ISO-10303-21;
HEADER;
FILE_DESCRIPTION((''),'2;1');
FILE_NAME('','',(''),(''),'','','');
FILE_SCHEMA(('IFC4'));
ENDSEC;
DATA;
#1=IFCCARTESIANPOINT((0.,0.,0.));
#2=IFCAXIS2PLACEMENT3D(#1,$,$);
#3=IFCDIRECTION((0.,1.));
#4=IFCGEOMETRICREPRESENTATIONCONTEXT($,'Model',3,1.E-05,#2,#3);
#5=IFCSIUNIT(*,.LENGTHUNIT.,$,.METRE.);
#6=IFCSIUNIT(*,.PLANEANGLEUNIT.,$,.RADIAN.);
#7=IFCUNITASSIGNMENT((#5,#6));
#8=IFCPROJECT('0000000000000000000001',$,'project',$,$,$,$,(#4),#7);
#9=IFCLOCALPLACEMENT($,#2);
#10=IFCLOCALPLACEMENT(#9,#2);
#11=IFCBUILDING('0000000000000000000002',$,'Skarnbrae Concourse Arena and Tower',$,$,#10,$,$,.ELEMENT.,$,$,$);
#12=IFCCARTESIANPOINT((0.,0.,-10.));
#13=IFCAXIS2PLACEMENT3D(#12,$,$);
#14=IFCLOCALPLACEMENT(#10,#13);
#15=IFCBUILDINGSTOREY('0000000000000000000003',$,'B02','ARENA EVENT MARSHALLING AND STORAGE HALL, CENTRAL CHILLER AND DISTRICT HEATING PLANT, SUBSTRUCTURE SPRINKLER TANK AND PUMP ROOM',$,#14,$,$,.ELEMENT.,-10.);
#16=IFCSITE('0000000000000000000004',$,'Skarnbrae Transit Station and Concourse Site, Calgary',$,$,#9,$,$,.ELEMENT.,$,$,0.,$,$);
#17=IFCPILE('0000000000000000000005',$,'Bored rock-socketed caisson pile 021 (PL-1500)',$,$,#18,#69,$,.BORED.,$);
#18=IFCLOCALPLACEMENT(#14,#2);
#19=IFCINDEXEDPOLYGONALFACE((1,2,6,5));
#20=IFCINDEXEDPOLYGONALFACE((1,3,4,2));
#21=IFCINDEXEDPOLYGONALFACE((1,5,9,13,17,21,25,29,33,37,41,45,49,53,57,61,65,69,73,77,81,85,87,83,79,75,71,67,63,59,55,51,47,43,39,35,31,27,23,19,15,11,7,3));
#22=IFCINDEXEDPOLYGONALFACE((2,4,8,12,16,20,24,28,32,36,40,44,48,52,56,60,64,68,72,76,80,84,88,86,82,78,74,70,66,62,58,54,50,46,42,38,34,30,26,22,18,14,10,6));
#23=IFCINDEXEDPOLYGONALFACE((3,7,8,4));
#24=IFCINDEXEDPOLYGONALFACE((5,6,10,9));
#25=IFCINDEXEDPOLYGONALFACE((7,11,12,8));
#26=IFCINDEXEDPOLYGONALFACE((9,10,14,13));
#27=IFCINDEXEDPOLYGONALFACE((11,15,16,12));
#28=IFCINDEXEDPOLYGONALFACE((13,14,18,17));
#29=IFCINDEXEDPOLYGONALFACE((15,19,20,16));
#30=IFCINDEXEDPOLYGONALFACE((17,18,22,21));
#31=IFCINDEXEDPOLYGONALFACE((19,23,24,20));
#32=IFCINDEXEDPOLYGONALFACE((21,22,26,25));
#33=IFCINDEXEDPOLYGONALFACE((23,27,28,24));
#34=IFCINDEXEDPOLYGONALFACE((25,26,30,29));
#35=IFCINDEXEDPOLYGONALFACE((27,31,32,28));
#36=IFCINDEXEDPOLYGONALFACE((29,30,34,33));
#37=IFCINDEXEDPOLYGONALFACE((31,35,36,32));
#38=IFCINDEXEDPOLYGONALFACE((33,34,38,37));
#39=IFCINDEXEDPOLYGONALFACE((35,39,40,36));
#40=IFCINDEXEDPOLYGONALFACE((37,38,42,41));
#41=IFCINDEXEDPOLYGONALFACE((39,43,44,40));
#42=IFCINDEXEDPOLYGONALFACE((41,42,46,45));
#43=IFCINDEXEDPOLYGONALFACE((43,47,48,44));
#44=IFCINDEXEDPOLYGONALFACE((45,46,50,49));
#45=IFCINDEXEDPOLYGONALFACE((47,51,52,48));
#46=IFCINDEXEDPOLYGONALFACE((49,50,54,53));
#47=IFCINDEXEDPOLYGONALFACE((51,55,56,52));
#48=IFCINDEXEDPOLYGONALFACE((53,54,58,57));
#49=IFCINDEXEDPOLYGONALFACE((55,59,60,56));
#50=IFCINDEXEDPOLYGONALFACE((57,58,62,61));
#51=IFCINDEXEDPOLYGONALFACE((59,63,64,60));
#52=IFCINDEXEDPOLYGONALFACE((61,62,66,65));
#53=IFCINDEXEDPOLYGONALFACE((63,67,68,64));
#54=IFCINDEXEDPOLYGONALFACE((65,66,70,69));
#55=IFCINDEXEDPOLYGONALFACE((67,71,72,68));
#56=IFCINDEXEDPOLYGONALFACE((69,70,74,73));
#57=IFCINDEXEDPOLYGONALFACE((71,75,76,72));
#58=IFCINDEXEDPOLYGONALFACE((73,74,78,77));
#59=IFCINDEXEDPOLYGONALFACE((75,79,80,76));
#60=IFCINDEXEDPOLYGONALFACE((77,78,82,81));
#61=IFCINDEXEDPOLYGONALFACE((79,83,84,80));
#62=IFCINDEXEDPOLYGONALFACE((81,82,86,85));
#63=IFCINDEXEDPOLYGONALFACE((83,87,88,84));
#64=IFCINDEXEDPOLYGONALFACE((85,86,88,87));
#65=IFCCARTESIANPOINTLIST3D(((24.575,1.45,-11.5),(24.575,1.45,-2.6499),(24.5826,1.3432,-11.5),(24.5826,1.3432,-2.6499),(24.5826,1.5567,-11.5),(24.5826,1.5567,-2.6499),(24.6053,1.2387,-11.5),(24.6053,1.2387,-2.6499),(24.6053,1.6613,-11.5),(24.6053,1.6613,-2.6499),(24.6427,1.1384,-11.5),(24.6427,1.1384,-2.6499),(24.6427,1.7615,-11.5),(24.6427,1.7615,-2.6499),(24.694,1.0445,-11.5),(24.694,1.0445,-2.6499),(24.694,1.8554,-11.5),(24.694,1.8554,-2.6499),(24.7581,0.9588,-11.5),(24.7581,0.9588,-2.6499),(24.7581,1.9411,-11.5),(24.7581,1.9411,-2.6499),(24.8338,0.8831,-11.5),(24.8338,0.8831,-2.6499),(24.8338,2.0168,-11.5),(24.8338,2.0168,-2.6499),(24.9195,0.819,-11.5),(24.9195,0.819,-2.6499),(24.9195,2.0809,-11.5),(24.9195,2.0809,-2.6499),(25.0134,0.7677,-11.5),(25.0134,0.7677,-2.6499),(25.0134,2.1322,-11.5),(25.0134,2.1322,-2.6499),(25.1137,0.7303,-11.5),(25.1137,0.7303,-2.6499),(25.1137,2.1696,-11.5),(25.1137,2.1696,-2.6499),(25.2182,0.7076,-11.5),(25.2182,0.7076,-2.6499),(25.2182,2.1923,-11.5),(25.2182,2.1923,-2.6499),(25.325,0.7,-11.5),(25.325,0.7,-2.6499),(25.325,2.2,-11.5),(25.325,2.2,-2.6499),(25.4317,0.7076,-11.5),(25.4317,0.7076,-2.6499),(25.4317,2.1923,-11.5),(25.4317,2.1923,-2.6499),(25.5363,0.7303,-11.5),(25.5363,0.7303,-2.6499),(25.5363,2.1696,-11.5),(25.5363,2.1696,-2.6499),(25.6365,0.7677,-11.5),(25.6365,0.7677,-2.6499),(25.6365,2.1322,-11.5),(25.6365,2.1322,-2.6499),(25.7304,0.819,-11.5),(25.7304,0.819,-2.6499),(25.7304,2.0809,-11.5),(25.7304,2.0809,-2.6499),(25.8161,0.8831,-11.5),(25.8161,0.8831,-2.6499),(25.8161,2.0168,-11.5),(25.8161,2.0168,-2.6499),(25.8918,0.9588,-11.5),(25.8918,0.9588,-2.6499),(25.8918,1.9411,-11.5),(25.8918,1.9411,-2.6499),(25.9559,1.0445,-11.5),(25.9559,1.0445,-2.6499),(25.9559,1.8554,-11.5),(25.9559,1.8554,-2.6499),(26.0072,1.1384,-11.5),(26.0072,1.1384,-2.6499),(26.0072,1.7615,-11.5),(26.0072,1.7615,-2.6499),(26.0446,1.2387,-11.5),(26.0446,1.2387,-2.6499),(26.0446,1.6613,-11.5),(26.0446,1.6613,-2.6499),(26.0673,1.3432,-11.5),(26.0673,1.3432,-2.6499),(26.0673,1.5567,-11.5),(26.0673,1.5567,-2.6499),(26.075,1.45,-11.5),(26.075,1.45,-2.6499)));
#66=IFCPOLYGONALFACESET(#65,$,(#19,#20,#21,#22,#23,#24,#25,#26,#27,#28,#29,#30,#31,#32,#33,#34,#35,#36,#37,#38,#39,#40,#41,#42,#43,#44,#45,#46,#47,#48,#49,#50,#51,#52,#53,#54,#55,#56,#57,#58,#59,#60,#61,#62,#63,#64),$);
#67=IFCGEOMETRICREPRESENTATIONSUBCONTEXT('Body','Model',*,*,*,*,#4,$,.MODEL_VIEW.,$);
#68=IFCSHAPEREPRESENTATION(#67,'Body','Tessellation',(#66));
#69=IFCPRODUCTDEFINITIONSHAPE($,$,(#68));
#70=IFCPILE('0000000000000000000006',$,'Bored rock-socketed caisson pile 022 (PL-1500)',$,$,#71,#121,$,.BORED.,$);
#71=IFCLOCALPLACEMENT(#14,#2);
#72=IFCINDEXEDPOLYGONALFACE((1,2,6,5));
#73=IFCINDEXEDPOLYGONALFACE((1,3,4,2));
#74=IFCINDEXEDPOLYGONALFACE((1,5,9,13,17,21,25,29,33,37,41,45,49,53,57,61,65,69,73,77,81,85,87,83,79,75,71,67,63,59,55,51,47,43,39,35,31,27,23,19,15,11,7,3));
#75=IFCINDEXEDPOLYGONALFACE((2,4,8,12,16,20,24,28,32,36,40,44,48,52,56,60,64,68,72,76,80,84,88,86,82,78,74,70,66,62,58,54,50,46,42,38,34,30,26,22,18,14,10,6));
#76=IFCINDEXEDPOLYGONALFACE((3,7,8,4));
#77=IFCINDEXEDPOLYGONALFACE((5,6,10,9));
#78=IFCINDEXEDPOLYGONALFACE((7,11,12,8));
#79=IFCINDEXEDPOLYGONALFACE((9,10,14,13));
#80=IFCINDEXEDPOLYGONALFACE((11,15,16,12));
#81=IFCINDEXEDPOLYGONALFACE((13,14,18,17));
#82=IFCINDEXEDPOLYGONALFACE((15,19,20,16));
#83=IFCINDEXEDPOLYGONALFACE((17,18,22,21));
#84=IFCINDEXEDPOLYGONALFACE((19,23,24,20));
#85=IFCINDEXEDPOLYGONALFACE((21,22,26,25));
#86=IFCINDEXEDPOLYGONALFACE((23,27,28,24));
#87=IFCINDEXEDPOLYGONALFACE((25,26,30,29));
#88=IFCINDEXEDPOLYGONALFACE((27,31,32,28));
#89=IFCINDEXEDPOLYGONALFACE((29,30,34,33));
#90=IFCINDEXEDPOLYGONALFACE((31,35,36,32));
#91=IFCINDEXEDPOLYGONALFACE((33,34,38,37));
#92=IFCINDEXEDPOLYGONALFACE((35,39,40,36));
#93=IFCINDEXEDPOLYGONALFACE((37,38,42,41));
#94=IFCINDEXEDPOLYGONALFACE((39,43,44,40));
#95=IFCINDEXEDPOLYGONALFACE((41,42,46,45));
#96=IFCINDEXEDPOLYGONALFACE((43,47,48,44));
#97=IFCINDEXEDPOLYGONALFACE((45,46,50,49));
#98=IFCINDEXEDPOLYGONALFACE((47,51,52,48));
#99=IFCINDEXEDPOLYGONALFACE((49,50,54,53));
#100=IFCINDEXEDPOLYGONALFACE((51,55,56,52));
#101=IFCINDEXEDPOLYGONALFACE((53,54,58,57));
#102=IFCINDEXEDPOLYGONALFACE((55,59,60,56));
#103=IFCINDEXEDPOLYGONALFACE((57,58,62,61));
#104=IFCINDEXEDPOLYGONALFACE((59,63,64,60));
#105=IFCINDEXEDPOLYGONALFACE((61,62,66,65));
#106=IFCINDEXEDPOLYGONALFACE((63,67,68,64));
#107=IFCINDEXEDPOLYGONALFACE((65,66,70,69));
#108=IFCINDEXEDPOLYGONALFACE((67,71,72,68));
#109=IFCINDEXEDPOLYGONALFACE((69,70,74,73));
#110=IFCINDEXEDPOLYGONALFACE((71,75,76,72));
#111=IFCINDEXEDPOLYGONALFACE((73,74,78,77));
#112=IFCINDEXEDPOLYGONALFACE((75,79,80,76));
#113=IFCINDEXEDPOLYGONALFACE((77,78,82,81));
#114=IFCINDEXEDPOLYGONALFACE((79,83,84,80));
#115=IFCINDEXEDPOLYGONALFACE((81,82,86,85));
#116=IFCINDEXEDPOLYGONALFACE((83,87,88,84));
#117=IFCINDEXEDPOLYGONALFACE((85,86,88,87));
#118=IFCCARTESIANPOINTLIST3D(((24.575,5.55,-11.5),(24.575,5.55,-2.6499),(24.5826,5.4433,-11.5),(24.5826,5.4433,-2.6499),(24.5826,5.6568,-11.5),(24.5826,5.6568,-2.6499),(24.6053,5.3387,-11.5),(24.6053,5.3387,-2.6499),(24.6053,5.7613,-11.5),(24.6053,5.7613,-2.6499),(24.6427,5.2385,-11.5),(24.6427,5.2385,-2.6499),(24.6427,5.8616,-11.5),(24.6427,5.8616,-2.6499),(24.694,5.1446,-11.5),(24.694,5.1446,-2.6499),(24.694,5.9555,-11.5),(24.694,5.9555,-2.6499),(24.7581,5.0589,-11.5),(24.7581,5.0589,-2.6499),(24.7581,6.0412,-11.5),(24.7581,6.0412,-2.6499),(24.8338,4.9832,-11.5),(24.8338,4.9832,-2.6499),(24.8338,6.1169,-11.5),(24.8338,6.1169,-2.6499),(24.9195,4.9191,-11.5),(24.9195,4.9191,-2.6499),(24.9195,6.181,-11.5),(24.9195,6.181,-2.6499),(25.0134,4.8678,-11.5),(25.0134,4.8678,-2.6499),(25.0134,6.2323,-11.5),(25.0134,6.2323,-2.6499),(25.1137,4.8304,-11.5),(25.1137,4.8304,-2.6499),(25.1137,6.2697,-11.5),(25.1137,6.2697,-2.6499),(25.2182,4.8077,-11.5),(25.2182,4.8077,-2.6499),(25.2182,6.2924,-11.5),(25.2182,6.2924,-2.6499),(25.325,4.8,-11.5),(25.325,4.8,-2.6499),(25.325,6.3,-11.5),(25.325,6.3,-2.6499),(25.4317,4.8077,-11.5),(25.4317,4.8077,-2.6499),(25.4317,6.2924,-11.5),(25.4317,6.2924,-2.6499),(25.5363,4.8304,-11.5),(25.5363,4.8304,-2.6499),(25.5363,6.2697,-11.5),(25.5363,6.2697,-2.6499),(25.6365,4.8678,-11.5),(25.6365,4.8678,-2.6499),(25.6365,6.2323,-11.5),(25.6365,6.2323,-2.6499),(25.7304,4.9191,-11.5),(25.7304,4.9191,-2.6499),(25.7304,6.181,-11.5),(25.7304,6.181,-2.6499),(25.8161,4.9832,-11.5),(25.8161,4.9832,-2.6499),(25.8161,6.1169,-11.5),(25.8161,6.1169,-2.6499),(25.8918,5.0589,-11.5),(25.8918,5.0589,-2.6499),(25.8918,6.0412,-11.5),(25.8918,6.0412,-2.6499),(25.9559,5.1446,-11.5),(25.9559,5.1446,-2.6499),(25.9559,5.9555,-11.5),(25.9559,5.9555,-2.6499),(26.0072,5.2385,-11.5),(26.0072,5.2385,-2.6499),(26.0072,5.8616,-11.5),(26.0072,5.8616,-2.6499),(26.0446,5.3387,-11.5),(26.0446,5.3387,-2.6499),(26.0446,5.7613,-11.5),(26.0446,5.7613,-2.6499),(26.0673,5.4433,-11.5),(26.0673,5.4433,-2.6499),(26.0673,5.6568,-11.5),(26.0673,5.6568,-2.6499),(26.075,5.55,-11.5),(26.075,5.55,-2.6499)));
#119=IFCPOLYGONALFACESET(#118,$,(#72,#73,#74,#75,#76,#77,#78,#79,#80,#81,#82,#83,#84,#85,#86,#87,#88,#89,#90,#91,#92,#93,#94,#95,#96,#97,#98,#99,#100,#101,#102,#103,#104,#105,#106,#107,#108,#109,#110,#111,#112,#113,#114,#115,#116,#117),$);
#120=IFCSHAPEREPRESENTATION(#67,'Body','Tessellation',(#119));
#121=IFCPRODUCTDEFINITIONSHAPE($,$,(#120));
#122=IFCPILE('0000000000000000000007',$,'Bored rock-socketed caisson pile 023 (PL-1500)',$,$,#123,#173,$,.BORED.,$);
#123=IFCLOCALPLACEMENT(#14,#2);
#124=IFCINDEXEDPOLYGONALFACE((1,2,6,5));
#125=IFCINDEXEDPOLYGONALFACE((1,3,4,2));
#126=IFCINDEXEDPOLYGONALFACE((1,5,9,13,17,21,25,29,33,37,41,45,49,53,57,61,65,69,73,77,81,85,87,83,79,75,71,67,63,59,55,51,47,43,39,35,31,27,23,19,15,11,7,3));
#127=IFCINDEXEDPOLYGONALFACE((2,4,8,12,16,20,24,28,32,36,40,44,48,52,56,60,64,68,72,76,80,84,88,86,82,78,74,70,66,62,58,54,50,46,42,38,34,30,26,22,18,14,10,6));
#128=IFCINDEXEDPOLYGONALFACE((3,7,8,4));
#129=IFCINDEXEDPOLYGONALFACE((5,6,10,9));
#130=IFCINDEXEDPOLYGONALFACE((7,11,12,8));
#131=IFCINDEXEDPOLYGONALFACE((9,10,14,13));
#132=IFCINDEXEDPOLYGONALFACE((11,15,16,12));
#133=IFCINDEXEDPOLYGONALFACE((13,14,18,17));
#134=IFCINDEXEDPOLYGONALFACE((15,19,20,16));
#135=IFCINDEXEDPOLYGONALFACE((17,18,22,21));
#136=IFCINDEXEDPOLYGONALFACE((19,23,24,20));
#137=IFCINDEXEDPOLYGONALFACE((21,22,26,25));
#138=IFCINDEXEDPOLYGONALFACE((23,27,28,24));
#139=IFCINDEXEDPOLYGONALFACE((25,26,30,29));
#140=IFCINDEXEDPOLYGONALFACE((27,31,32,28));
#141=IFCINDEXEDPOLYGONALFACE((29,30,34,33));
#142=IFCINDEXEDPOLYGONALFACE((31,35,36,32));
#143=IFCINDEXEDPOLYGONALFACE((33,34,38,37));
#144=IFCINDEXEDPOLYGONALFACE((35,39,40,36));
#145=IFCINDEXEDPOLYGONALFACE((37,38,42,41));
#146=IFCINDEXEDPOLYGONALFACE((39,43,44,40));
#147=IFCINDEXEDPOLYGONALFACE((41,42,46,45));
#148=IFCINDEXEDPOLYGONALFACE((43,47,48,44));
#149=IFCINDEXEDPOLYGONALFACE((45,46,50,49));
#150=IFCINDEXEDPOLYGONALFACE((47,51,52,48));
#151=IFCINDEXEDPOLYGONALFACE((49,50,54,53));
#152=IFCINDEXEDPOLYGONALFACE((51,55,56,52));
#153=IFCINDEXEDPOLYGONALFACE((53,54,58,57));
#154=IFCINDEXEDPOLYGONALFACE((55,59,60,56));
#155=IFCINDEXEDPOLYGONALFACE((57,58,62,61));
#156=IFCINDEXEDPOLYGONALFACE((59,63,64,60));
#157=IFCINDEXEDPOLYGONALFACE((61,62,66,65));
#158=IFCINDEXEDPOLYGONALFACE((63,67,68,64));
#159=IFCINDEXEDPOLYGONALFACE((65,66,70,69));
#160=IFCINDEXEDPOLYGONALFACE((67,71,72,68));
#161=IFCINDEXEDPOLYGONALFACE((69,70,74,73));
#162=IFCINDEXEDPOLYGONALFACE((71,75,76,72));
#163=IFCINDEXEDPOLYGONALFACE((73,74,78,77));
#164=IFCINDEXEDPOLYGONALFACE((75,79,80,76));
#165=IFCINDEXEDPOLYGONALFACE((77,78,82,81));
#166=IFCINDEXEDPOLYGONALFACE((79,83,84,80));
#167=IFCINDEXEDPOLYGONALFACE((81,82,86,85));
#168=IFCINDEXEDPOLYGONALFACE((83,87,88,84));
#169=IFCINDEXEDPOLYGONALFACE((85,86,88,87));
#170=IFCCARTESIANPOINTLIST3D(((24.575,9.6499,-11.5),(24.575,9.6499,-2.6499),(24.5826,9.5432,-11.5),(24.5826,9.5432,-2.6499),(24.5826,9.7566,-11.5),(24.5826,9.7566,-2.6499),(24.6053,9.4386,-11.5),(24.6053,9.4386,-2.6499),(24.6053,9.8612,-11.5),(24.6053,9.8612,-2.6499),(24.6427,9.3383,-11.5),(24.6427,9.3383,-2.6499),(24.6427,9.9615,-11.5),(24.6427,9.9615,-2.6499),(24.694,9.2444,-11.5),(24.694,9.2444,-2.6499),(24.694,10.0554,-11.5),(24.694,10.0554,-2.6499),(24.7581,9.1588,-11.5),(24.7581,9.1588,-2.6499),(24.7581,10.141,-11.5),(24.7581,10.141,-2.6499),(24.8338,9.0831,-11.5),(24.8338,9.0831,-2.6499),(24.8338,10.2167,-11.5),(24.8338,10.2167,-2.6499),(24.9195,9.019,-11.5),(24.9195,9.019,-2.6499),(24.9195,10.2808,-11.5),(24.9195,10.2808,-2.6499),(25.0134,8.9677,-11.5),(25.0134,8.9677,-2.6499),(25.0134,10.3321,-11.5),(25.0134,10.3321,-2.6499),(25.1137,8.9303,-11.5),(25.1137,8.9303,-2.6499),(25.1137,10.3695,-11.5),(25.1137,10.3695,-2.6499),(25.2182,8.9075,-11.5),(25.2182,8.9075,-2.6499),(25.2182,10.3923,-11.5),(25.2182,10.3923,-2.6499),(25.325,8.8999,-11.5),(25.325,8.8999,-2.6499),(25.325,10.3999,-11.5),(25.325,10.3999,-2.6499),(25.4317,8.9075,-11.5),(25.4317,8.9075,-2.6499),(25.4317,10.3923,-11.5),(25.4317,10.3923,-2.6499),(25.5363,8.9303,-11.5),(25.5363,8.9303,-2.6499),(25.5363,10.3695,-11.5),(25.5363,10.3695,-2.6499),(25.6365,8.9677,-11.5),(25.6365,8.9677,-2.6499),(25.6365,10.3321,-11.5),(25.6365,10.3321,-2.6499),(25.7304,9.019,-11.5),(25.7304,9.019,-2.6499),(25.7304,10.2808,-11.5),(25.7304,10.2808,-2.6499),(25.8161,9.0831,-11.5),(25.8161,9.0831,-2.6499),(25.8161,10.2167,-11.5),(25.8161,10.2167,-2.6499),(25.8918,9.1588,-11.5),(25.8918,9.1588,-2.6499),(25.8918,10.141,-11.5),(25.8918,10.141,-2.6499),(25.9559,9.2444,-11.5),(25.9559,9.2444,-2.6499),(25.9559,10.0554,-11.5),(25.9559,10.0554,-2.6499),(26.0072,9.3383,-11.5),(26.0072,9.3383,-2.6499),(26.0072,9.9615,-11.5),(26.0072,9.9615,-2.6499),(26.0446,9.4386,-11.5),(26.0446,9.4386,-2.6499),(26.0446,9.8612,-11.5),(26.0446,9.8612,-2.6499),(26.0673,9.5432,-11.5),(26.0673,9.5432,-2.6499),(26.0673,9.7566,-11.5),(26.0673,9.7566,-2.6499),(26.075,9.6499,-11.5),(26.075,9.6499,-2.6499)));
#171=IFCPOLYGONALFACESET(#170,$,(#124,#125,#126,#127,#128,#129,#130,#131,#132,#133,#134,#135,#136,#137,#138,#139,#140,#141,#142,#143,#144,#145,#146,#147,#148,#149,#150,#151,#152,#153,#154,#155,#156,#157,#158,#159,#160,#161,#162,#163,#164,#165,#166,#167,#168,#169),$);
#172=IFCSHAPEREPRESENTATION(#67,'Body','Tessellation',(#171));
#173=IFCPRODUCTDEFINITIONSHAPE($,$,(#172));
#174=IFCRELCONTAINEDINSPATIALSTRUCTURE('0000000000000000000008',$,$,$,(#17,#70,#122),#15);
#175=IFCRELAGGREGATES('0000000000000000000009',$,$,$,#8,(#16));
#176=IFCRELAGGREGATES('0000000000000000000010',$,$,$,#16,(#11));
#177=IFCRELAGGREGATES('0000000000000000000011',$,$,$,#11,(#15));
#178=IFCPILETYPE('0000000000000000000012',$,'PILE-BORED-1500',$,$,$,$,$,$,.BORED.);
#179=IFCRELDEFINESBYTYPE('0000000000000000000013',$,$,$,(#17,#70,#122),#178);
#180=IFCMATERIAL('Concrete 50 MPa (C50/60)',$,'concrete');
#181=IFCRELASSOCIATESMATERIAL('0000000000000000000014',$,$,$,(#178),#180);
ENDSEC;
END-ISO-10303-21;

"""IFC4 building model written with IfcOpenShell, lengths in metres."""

from ifc_helpers import new_model, si_unit, direction, frame, origin, origin_2d, place, context, subcontext, project, spatial, circle, extrude, source, transform, mapped, material, material_profile, profile_set, type_object, element, save


model = new_model("IFC4")

# Units and contexts
model_context = context("Model", 3, precision=1e-05, world=origin(), true_north=direction((0.0, 1.0)))
body_context = subcontext(model_context, "Body", "Model", "MODEL_VIEW")
ifc_project = project(units=[si_unit("LENGTHUNIT", "METRE"), si_unit("PLANEANGLEUNIT", "RADIAN")], contexts=[model_context])

# Site, building, storey
site_placement = place(None, origin())
site = spatial("IfcSite", under=ifc_project, at=site_placement, Name="Skarnbrae Transit Station and Concourse Site, Calgary", CompositionType="ELEMENT", RefElevation=0.0)
building_placement = place(site_placement, origin())
building = spatial("IfcBuilding", under=site, at=building_placement, Name="Skarnbrae Concourse Arena and Tower", CompositionType="ELEMENT")
storey_placement = place(building_placement, frame((0.0, 0.0, -10.0)))
storey = spatial("IfcBuildingStorey", under=building, at=storey_placement, Name="B02", Description="ARENA EVENT MARSHALLING AND STORAGE HALL, CENTRAL CHILLER AND DISTRICT HEATING PLANT, SUBSTRUCTURE SPRINKLER TANK AND PUMP ROOM", CompositionType="ELEMENT", Elevation=-10.0)

# Piles
ifc_material_1 = material(Name="Concrete 50 MPa (C50/60)", Category="concrete")
ifc_material_profile = material_profile(ifc_material_1, circle(Radius=0.75, at=origin_2d()), Name="CAISSON-1500")
ifc_profile_set = profile_set([ifc_material_profile], Name="Concrete 50 MPa (C50/60)")
pile_type = type_object("IfcPileType", Name="PILE-BORED-1500", PredefinedType="BORED", material=ifc_profile_set)
shared_shape_1 = source(origin(), body_context, "Body", "SweptSolid", [
    extrude(circle(Radius=0.75, at=origin_2d()), origin(), (0.0, 0.0, 1.0), 8.8501),
])
for number, where, z_axis, x_axis, name in (
    (1, (25.325, 1.45, -2.6499), (0.0, 0.0, -1.0), (1.0, 0.0, 0.0), "Bored rock-socketed caisson pile 021 (PL-1500)"),
    (2, (25.325, 5.55, -2.6499), (0.0, 0.0, -1.0), (1.0, 0.0, 0.0), "Bored rock-socketed caisson pile 022 (PL-1500)"),
    (3, (25.325, 9.6499, -2.6499), (0.0, 0.0, -1.0), (1.0, 0.0, 0.0), "Bored rock-socketed caisson pile 023 (PL-1500)"),
):
    element("IfcPile", number, at=place(storey_placement, frame(where, z_axis=z_axis, x_axis=x_axis)), inside=storey, type_object=pile_type, Name=name, PredefinedType="BORED", context=body_context, shape_type="MappedRepresentation", body=[
        mapped(shared_shape_1, transform((0.0, 0.0, 0.0))),
    ])

save(model, "model.ifc")
